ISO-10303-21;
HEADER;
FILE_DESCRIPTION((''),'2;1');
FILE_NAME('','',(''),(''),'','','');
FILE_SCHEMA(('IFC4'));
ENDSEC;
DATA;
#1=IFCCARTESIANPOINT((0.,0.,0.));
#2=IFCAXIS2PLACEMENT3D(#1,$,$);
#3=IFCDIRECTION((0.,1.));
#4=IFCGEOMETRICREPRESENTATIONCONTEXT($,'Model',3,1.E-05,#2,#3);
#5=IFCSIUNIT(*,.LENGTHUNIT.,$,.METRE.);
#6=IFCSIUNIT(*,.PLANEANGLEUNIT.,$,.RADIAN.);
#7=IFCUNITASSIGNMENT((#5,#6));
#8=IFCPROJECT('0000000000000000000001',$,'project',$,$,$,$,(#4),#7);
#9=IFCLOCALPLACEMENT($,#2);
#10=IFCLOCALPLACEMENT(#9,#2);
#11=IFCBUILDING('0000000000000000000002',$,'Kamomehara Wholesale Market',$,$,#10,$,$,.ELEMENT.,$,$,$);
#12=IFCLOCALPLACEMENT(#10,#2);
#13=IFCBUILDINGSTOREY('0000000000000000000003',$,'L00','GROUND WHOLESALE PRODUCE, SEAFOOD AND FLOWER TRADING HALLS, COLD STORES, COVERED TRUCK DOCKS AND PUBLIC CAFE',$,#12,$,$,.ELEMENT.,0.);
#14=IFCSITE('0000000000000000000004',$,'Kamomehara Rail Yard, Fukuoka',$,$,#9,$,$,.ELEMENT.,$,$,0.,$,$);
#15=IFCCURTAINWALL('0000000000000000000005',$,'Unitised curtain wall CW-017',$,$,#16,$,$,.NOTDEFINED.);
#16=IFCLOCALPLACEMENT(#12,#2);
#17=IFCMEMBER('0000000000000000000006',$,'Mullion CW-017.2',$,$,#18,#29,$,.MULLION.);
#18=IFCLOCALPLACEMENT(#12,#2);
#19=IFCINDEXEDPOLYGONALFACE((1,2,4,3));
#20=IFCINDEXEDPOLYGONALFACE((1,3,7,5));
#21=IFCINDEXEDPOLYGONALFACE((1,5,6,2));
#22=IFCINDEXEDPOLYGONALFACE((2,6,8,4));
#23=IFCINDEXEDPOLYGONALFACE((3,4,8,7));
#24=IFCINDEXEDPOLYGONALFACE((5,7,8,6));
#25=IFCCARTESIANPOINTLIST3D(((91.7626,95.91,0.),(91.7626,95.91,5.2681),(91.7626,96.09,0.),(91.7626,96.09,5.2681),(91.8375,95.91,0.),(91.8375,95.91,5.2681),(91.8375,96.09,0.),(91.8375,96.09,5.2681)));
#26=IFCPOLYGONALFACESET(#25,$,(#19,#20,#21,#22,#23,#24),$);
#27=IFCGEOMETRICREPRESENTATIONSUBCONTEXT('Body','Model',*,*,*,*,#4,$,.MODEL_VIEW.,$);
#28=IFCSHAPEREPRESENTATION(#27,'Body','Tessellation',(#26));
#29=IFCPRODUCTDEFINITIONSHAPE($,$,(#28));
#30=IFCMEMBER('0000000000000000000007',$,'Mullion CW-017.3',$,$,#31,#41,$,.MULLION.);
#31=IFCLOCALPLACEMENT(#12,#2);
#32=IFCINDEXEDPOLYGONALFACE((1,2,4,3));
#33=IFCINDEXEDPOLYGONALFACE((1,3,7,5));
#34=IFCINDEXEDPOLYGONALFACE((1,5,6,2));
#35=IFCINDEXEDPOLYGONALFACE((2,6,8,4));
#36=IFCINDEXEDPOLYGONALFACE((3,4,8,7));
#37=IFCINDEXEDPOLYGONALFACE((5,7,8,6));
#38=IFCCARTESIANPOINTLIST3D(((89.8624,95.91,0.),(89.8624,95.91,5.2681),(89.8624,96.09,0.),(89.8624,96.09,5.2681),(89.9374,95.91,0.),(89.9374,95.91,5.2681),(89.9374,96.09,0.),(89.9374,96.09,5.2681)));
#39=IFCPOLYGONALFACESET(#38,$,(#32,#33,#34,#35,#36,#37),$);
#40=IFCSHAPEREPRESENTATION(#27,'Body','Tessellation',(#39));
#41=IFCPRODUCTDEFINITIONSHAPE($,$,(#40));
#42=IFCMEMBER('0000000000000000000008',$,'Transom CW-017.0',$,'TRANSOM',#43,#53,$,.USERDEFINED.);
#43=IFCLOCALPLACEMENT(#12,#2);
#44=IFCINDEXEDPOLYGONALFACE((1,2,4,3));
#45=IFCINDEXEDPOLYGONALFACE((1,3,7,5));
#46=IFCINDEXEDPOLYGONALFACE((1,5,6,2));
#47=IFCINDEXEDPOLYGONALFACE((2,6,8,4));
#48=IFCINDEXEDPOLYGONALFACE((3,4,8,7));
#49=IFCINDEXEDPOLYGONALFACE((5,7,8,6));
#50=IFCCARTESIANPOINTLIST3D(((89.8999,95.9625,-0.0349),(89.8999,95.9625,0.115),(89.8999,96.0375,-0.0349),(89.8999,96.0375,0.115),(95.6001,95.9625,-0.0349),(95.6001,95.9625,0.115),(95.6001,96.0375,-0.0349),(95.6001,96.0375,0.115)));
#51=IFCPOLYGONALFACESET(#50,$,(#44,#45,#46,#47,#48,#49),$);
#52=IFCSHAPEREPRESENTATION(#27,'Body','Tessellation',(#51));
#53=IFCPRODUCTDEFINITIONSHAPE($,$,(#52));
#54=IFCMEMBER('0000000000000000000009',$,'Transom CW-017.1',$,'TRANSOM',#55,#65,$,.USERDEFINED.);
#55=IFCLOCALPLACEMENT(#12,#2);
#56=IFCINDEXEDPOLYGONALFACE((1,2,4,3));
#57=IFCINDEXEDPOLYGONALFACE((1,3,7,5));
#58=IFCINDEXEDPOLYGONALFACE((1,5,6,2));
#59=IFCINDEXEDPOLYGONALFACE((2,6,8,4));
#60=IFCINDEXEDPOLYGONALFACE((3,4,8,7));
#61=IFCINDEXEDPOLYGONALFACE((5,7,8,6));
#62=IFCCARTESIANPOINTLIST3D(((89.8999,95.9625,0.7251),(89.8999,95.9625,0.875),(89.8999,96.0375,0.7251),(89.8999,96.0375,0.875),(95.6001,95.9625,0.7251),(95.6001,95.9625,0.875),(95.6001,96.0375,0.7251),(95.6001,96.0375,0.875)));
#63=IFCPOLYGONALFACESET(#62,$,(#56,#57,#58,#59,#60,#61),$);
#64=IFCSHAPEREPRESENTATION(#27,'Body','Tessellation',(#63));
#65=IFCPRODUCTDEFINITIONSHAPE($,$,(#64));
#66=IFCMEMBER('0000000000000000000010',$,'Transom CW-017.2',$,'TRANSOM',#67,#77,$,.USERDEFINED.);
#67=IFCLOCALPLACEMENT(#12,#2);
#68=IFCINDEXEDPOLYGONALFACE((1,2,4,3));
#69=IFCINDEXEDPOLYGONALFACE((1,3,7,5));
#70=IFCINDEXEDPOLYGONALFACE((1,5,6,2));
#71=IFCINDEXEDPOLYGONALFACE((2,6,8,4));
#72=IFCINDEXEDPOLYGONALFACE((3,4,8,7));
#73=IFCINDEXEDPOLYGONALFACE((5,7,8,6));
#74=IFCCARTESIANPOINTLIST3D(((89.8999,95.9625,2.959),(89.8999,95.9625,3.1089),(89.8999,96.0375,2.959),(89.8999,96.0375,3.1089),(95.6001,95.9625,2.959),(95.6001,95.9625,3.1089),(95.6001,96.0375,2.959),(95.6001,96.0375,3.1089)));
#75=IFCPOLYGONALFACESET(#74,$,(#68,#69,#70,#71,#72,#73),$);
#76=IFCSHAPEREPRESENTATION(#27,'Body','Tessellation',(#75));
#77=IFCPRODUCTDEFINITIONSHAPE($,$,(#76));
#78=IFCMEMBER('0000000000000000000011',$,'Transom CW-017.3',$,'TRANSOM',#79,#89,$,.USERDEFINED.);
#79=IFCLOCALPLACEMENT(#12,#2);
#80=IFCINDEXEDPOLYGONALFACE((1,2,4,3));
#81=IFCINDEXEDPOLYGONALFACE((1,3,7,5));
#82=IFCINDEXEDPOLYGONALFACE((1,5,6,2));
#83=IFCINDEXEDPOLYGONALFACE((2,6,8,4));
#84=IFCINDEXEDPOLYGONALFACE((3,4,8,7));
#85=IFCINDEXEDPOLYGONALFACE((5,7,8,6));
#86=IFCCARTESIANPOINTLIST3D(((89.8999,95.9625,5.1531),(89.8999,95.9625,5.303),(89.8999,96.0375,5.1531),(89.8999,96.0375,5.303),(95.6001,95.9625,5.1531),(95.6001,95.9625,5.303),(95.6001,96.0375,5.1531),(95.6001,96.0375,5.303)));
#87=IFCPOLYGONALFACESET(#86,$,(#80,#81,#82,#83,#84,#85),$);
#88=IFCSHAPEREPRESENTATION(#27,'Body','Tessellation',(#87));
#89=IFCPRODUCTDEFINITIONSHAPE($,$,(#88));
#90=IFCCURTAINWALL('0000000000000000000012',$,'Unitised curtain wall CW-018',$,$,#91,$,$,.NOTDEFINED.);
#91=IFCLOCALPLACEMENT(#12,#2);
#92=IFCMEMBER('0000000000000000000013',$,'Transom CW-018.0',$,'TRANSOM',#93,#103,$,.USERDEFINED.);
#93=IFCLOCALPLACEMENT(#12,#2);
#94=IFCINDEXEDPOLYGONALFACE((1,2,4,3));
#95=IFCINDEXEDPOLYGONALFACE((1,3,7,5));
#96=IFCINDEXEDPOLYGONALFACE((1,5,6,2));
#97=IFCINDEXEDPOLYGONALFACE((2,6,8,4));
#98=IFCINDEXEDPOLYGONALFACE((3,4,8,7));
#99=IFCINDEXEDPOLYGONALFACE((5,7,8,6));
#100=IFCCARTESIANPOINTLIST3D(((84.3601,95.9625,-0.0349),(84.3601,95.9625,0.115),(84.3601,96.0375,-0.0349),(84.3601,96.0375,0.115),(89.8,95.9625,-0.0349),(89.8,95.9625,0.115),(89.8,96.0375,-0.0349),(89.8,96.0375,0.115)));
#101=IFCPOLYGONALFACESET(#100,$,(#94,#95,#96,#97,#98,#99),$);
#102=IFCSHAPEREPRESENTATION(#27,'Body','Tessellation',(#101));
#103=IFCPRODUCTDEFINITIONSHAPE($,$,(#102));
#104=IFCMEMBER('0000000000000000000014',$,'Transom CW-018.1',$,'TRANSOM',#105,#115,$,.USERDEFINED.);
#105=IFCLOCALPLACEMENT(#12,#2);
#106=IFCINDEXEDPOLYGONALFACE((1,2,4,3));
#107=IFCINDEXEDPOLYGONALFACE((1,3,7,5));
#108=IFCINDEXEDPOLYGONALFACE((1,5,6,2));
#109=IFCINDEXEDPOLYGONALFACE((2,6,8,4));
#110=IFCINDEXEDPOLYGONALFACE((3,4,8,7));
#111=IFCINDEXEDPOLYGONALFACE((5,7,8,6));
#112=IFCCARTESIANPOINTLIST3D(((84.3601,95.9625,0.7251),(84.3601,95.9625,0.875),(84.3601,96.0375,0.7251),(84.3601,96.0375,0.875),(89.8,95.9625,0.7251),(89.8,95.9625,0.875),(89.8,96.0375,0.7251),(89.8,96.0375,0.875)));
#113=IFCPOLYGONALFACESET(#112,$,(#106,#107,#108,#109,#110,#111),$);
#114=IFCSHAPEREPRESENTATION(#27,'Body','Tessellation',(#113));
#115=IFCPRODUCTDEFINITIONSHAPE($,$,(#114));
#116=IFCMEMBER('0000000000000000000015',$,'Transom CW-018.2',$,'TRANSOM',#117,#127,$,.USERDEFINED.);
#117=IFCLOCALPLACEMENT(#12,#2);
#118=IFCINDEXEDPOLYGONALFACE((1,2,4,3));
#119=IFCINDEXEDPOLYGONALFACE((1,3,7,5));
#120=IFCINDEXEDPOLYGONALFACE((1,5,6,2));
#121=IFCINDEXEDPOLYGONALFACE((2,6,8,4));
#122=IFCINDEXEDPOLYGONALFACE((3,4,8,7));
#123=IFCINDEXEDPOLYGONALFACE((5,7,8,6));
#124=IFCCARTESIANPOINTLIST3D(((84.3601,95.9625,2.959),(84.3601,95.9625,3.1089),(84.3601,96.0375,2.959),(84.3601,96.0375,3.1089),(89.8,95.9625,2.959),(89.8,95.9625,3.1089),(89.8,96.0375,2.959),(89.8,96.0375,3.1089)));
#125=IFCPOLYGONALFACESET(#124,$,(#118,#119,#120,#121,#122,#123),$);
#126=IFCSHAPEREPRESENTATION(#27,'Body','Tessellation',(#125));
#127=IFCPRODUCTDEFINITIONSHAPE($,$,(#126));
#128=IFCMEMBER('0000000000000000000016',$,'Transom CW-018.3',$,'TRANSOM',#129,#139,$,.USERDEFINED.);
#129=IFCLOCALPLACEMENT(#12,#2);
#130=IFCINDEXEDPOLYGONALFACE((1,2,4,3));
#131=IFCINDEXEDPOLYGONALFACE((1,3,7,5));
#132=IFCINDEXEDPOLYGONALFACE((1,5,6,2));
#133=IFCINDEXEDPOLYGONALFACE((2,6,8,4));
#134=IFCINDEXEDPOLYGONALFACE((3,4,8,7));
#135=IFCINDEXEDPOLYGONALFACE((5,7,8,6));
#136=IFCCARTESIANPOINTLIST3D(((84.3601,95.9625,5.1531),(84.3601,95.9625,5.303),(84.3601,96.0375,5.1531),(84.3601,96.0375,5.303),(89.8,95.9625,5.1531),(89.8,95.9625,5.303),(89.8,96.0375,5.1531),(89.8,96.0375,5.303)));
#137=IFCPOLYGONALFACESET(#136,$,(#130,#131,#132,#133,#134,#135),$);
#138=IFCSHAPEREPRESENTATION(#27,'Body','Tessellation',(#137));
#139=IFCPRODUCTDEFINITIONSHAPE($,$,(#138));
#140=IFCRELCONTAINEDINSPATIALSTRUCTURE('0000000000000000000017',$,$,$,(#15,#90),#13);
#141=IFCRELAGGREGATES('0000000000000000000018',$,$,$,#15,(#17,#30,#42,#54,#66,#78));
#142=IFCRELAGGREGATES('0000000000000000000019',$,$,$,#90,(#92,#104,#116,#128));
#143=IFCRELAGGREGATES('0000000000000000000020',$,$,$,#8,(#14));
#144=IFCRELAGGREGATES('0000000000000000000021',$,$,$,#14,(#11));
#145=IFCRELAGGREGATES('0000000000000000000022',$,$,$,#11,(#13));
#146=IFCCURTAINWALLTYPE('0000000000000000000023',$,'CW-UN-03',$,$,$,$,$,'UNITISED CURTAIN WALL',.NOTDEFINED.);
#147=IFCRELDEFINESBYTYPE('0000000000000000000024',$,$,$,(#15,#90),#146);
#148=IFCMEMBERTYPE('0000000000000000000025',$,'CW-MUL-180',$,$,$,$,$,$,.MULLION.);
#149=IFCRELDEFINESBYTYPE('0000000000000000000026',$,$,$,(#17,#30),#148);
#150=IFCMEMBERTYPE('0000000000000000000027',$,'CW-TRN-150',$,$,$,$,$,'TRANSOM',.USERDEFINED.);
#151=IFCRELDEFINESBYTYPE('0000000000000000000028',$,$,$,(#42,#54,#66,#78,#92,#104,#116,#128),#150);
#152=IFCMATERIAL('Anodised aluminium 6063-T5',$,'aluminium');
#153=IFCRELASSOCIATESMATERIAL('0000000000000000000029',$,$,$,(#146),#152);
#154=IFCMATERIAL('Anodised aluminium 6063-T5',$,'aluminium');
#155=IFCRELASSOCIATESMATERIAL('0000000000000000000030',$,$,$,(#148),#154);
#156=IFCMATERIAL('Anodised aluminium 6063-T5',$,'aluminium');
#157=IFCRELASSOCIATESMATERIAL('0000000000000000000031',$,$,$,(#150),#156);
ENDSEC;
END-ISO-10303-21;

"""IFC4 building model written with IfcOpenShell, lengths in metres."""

from ifc_helpers import new_model, si_unit, direction, frame, origin, origin_2d, place, context, subcontext, project, spatial, rectangle, extrude, material, material_profile, profile_set, type_object, element, aggregate, save


model = new_model("IFC4")

# Units and contexts
model_context = context("Model", 3, precision=1e-05, world=origin(), true_north=direction((0.0, 1.0)))
body_context = subcontext(model_context, "Body", "Model", "MODEL_VIEW")
ifc_project = project(units=[si_unit("LENGTHUNIT", "METRE"), si_unit("PLANEANGLEUNIT", "RADIAN")], contexts=[model_context])

# Site, building, storey
site_placement = place(None, origin())
site = spatial("IfcSite", under=ifc_project, at=site_placement, Name="Kamomehara Rail Yard, Fukuoka", CompositionType="ELEMENT", RefElevation=0.0)
building_placement = place(site_placement, origin())
building = spatial("IfcBuilding", under=site, at=building_placement, Name="Kamomehara Wholesale Market", CompositionType="ELEMENT")
storey_placement = place(building_placement, origin())
storey = spatial("IfcBuildingStorey", under=building, at=storey_placement, Name="L00", Description="GROUND WHOLESALE PRODUCE, SEAFOOD AND FLOWER TRADING HALLS, COLD STORES, COVERED TRUCK DOCKS AND PUBLIC CAFE", CompositionType="ELEMENT", Elevation=0.0)

# Curtain walls, members
ifc_material_1 = material(Name="Anodised aluminium 6063-T5", Category="aluminium")
curtain_wall_type = type_object("IfcCurtainWallType", Name="CW-UN-03", ElementType="UNITISED CURTAIN WALL", PredefinedType="NOTDEFINED", material=ifc_material_1)
curtain_wall_1_placement = place(storey_placement, origin())
curtain_wall_1 = element("IfcCurtainWall", 1, at=curtain_wall_1_placement, inside=storey, type_object=curtain_wall_type, Name="Unitised curtain wall CW-017", PredefinedType="NOTDEFINED")
ifc_material_2 = material(Name="Anodised aluminium 6063-T5", Category="aluminium")
ifc_material_profile_1 = material_profile(ifc_material_2, rectangle(XDim=0.075, YDim=0.1799, at=origin_2d()), Name="ALU-MUL-75x180")
ifc_profile_set_1 = profile_set([ifc_material_profile_1], Name="Anodised aluminium 6063-T5")
member_type_1 = type_object("IfcMemberType", Name="CW-MUL-180", PredefinedType="MULLION", material=ifc_profile_set_1)
member_1_placement = place(storey_placement, frame((91.8, 96.0, 0.0), z_axis=(0.0, 0.0, 1.0), x_axis=(-1.0, 0.0, 0.0)))
member_1 = element("IfcMember", 2, at=member_1_placement, type_object=member_type_1, Name="Mullion CW-017.2", PredefinedType="MULLION", context=body_context, shape_type="SweptSolid", body=[
    extrude(rectangle(XDim=0.075, YDim=0.1799, at=origin_2d()), origin(), (0.0, 0.0, 1.0), 5.2681),
])
member_2_placement = place(storey_placement, frame((89.8999, 96.0, 0.0), z_axis=(0.0, 0.0, 1.0), x_axis=(-1.0, 0.0, 0.0)))
member_2 = element("IfcMember", 3, at=member_2_placement, type_object=member_type_1, Name="Mullion CW-017.3", PredefinedType="MULLION", context=body_context, shape_type="SweptSolid", body=[
    extrude(rectangle(XDim=0.075, YDim=0.1799, at=origin_2d()), origin(), (0.0, 0.0, 1.0), 5.2681),
])
ifc_material_3 = material(Name="Anodised aluminium 6063-T5", Category="aluminium")
ifc_material_profile_2 = material_profile(ifc_material_3, rectangle(XDim=0.075, YDim=0.1499, at=origin_2d()), Name="ALU-TRN-75x150")
ifc_profile_set_2 = profile_set([ifc_material_profile_2], Name="Anodised aluminium 6063-T5")
member_type_2 = type_object("IfcMemberType", Name="CW-TRN-150", ElementType="TRANSOM", PredefinedType="USERDEFINED", material=ifc_profile_set_2)
member_3_placement = place(storey_placement, frame((95.6001, 96.0, 0.04), z_axis=(-1.0, 0.0, 0.0), x_axis=(0.0, -1.0, 0.0)))
member_3 = element("IfcMember", 4, at=member_3_placement, type_object=member_type_2, Name="Transom CW-017.0", ObjectType="TRANSOM", PredefinedType="USERDEFINED", context=body_context, shape_type="SweptSolid", body=[
    extrude(rectangle(XDim=0.075, YDim=0.1499, at=origin_2d()), origin(), (0.0, 0.0, 1.0), 5.7002),
])
member_4_placement = place(storey_placement, frame((95.6001, 96.0, 0.8), z_axis=(-1.0, 0.0, 0.0), x_axis=(0.0, -1.0, 0.0)))
member_4 = element("IfcMember", 5, at=member_4_placement, type_object=member_type_2, Name="Transom CW-017.1", ObjectType="TRANSOM", PredefinedType="USERDEFINED", context=body_context, shape_type="SweptSolid", body=[
    extrude(rectangle(XDim=0.075, YDim=0.1499, at=origin_2d()), origin(), (0.0, 0.0, 1.0), 5.7002),
])
member_5_placement = place(storey_placement, frame((95.6001, 96.0, 3.0339), z_axis=(-1.0, 0.0, 0.0), x_axis=(0.0, -1.0, 0.0)))
member_5 = element("IfcMember", 6, at=member_5_placement, type_object=member_type_2, Name="Transom CW-017.2", ObjectType="TRANSOM", PredefinedType="USERDEFINED", context=body_context, shape_type="SweptSolid", body=[
    extrude(rectangle(XDim=0.075, YDim=0.1499, at=origin_2d()), origin(), (0.0, 0.0, 1.0), 5.7002),
])
member_6_placement = place(storey_placement, frame((95.6001, 96.0, 5.228), z_axis=(-1.0, 0.0, 0.0), x_axis=(0.0, -1.0, 0.0)))
member_6 = element("IfcMember", 7, at=member_6_placement, type_object=member_type_2, Name="Transom CW-017.3", ObjectType="TRANSOM", PredefinedType="USERDEFINED", context=body_context, shape_type="SweptSolid", body=[
    extrude(rectangle(XDim=0.075, YDim=0.1499, at=origin_2d()), origin(), (0.0, 0.0, 1.0), 5.7002),
])
aggregate(curtain_wall_1, [member_1, member_2, member_3, member_4, member_5, member_6])
curtain_wall_2_placement = place(storey_placement, origin())
curtain_wall_2 = element("IfcCurtainWall", 8, at=curtain_wall_2_placement, inside=storey, type_object=curtain_wall_type, Name="Unitised curtain wall CW-018", PredefinedType="NOTDEFINED")
member_7_placement = place(storey_placement, frame((89.8, 96.0, 0.04), z_axis=(-1.0, 0.0, 0.0), x_axis=(0.0, -1.0, 0.0)))
member_7 = element("IfcMember", 9, at=member_7_placement, type_object=member_type_2, Name="Transom CW-018.0", ObjectType="TRANSOM", PredefinedType="USERDEFINED", context=body_context, shape_type="SweptSolid", body=[
    extrude(rectangle(XDim=0.075, YDim=0.1499, at=origin_2d()), origin(), (0.0, 0.0, 1.0), 5.4399),
])
member_8_placement = place(storey_placement, frame((89.8, 96.0, 0.8), z_axis=(-1.0, 0.0, 0.0), x_axis=(0.0, -1.0, 0.0)))
member_8 = element("IfcMember", 10, at=member_8_placement, type_object=member_type_2, Name="Transom CW-018.1", ObjectType="TRANSOM", PredefinedType="USERDEFINED", context=body_context, shape_type="SweptSolid", body=[
    extrude(rectangle(XDim=0.075, YDim=0.1499, at=origin_2d()), origin(), (0.0, 0.0, 1.0), 5.4399),
])
member_9_placement = place(storey_placement, frame((89.8, 96.0, 3.0339), z_axis=(-1.0, 0.0, 0.0), x_axis=(0.0, -1.0, 0.0)))
member_9 = element("IfcMember", 11, at=member_9_placement, type_object=member_type_2, Name="Transom CW-018.2", ObjectType="TRANSOM", PredefinedType="USERDEFINED", context=body_context, shape_type="SweptSolid", body=[
    extrude(rectangle(XDim=0.075, YDim=0.1499, at=origin_2d()), origin(), (0.0, 0.0, 1.0), 5.4399),
])
member_10_placement = place(storey_placement, frame((89.8, 96.0, 5.228), z_axis=(-1.0, 0.0, 0.0), x_axis=(0.0, -1.0, 0.0)))
member_10 = element("IfcMember", 12, at=member_10_placement, type_object=member_type_2, Name="Transom CW-018.3", ObjectType="TRANSOM", PredefinedType="USERDEFINED", context=body_context, shape_type="SweptSolid", body=[
    extrude(rectangle(XDim=0.075, YDim=0.1499, at=origin_2d()), origin(), (0.0, 0.0, 1.0), 5.4399),
])
aggregate(curtain_wall_2, [member_7, member_8, member_9, member_10])

save(model, "model.ifc")
